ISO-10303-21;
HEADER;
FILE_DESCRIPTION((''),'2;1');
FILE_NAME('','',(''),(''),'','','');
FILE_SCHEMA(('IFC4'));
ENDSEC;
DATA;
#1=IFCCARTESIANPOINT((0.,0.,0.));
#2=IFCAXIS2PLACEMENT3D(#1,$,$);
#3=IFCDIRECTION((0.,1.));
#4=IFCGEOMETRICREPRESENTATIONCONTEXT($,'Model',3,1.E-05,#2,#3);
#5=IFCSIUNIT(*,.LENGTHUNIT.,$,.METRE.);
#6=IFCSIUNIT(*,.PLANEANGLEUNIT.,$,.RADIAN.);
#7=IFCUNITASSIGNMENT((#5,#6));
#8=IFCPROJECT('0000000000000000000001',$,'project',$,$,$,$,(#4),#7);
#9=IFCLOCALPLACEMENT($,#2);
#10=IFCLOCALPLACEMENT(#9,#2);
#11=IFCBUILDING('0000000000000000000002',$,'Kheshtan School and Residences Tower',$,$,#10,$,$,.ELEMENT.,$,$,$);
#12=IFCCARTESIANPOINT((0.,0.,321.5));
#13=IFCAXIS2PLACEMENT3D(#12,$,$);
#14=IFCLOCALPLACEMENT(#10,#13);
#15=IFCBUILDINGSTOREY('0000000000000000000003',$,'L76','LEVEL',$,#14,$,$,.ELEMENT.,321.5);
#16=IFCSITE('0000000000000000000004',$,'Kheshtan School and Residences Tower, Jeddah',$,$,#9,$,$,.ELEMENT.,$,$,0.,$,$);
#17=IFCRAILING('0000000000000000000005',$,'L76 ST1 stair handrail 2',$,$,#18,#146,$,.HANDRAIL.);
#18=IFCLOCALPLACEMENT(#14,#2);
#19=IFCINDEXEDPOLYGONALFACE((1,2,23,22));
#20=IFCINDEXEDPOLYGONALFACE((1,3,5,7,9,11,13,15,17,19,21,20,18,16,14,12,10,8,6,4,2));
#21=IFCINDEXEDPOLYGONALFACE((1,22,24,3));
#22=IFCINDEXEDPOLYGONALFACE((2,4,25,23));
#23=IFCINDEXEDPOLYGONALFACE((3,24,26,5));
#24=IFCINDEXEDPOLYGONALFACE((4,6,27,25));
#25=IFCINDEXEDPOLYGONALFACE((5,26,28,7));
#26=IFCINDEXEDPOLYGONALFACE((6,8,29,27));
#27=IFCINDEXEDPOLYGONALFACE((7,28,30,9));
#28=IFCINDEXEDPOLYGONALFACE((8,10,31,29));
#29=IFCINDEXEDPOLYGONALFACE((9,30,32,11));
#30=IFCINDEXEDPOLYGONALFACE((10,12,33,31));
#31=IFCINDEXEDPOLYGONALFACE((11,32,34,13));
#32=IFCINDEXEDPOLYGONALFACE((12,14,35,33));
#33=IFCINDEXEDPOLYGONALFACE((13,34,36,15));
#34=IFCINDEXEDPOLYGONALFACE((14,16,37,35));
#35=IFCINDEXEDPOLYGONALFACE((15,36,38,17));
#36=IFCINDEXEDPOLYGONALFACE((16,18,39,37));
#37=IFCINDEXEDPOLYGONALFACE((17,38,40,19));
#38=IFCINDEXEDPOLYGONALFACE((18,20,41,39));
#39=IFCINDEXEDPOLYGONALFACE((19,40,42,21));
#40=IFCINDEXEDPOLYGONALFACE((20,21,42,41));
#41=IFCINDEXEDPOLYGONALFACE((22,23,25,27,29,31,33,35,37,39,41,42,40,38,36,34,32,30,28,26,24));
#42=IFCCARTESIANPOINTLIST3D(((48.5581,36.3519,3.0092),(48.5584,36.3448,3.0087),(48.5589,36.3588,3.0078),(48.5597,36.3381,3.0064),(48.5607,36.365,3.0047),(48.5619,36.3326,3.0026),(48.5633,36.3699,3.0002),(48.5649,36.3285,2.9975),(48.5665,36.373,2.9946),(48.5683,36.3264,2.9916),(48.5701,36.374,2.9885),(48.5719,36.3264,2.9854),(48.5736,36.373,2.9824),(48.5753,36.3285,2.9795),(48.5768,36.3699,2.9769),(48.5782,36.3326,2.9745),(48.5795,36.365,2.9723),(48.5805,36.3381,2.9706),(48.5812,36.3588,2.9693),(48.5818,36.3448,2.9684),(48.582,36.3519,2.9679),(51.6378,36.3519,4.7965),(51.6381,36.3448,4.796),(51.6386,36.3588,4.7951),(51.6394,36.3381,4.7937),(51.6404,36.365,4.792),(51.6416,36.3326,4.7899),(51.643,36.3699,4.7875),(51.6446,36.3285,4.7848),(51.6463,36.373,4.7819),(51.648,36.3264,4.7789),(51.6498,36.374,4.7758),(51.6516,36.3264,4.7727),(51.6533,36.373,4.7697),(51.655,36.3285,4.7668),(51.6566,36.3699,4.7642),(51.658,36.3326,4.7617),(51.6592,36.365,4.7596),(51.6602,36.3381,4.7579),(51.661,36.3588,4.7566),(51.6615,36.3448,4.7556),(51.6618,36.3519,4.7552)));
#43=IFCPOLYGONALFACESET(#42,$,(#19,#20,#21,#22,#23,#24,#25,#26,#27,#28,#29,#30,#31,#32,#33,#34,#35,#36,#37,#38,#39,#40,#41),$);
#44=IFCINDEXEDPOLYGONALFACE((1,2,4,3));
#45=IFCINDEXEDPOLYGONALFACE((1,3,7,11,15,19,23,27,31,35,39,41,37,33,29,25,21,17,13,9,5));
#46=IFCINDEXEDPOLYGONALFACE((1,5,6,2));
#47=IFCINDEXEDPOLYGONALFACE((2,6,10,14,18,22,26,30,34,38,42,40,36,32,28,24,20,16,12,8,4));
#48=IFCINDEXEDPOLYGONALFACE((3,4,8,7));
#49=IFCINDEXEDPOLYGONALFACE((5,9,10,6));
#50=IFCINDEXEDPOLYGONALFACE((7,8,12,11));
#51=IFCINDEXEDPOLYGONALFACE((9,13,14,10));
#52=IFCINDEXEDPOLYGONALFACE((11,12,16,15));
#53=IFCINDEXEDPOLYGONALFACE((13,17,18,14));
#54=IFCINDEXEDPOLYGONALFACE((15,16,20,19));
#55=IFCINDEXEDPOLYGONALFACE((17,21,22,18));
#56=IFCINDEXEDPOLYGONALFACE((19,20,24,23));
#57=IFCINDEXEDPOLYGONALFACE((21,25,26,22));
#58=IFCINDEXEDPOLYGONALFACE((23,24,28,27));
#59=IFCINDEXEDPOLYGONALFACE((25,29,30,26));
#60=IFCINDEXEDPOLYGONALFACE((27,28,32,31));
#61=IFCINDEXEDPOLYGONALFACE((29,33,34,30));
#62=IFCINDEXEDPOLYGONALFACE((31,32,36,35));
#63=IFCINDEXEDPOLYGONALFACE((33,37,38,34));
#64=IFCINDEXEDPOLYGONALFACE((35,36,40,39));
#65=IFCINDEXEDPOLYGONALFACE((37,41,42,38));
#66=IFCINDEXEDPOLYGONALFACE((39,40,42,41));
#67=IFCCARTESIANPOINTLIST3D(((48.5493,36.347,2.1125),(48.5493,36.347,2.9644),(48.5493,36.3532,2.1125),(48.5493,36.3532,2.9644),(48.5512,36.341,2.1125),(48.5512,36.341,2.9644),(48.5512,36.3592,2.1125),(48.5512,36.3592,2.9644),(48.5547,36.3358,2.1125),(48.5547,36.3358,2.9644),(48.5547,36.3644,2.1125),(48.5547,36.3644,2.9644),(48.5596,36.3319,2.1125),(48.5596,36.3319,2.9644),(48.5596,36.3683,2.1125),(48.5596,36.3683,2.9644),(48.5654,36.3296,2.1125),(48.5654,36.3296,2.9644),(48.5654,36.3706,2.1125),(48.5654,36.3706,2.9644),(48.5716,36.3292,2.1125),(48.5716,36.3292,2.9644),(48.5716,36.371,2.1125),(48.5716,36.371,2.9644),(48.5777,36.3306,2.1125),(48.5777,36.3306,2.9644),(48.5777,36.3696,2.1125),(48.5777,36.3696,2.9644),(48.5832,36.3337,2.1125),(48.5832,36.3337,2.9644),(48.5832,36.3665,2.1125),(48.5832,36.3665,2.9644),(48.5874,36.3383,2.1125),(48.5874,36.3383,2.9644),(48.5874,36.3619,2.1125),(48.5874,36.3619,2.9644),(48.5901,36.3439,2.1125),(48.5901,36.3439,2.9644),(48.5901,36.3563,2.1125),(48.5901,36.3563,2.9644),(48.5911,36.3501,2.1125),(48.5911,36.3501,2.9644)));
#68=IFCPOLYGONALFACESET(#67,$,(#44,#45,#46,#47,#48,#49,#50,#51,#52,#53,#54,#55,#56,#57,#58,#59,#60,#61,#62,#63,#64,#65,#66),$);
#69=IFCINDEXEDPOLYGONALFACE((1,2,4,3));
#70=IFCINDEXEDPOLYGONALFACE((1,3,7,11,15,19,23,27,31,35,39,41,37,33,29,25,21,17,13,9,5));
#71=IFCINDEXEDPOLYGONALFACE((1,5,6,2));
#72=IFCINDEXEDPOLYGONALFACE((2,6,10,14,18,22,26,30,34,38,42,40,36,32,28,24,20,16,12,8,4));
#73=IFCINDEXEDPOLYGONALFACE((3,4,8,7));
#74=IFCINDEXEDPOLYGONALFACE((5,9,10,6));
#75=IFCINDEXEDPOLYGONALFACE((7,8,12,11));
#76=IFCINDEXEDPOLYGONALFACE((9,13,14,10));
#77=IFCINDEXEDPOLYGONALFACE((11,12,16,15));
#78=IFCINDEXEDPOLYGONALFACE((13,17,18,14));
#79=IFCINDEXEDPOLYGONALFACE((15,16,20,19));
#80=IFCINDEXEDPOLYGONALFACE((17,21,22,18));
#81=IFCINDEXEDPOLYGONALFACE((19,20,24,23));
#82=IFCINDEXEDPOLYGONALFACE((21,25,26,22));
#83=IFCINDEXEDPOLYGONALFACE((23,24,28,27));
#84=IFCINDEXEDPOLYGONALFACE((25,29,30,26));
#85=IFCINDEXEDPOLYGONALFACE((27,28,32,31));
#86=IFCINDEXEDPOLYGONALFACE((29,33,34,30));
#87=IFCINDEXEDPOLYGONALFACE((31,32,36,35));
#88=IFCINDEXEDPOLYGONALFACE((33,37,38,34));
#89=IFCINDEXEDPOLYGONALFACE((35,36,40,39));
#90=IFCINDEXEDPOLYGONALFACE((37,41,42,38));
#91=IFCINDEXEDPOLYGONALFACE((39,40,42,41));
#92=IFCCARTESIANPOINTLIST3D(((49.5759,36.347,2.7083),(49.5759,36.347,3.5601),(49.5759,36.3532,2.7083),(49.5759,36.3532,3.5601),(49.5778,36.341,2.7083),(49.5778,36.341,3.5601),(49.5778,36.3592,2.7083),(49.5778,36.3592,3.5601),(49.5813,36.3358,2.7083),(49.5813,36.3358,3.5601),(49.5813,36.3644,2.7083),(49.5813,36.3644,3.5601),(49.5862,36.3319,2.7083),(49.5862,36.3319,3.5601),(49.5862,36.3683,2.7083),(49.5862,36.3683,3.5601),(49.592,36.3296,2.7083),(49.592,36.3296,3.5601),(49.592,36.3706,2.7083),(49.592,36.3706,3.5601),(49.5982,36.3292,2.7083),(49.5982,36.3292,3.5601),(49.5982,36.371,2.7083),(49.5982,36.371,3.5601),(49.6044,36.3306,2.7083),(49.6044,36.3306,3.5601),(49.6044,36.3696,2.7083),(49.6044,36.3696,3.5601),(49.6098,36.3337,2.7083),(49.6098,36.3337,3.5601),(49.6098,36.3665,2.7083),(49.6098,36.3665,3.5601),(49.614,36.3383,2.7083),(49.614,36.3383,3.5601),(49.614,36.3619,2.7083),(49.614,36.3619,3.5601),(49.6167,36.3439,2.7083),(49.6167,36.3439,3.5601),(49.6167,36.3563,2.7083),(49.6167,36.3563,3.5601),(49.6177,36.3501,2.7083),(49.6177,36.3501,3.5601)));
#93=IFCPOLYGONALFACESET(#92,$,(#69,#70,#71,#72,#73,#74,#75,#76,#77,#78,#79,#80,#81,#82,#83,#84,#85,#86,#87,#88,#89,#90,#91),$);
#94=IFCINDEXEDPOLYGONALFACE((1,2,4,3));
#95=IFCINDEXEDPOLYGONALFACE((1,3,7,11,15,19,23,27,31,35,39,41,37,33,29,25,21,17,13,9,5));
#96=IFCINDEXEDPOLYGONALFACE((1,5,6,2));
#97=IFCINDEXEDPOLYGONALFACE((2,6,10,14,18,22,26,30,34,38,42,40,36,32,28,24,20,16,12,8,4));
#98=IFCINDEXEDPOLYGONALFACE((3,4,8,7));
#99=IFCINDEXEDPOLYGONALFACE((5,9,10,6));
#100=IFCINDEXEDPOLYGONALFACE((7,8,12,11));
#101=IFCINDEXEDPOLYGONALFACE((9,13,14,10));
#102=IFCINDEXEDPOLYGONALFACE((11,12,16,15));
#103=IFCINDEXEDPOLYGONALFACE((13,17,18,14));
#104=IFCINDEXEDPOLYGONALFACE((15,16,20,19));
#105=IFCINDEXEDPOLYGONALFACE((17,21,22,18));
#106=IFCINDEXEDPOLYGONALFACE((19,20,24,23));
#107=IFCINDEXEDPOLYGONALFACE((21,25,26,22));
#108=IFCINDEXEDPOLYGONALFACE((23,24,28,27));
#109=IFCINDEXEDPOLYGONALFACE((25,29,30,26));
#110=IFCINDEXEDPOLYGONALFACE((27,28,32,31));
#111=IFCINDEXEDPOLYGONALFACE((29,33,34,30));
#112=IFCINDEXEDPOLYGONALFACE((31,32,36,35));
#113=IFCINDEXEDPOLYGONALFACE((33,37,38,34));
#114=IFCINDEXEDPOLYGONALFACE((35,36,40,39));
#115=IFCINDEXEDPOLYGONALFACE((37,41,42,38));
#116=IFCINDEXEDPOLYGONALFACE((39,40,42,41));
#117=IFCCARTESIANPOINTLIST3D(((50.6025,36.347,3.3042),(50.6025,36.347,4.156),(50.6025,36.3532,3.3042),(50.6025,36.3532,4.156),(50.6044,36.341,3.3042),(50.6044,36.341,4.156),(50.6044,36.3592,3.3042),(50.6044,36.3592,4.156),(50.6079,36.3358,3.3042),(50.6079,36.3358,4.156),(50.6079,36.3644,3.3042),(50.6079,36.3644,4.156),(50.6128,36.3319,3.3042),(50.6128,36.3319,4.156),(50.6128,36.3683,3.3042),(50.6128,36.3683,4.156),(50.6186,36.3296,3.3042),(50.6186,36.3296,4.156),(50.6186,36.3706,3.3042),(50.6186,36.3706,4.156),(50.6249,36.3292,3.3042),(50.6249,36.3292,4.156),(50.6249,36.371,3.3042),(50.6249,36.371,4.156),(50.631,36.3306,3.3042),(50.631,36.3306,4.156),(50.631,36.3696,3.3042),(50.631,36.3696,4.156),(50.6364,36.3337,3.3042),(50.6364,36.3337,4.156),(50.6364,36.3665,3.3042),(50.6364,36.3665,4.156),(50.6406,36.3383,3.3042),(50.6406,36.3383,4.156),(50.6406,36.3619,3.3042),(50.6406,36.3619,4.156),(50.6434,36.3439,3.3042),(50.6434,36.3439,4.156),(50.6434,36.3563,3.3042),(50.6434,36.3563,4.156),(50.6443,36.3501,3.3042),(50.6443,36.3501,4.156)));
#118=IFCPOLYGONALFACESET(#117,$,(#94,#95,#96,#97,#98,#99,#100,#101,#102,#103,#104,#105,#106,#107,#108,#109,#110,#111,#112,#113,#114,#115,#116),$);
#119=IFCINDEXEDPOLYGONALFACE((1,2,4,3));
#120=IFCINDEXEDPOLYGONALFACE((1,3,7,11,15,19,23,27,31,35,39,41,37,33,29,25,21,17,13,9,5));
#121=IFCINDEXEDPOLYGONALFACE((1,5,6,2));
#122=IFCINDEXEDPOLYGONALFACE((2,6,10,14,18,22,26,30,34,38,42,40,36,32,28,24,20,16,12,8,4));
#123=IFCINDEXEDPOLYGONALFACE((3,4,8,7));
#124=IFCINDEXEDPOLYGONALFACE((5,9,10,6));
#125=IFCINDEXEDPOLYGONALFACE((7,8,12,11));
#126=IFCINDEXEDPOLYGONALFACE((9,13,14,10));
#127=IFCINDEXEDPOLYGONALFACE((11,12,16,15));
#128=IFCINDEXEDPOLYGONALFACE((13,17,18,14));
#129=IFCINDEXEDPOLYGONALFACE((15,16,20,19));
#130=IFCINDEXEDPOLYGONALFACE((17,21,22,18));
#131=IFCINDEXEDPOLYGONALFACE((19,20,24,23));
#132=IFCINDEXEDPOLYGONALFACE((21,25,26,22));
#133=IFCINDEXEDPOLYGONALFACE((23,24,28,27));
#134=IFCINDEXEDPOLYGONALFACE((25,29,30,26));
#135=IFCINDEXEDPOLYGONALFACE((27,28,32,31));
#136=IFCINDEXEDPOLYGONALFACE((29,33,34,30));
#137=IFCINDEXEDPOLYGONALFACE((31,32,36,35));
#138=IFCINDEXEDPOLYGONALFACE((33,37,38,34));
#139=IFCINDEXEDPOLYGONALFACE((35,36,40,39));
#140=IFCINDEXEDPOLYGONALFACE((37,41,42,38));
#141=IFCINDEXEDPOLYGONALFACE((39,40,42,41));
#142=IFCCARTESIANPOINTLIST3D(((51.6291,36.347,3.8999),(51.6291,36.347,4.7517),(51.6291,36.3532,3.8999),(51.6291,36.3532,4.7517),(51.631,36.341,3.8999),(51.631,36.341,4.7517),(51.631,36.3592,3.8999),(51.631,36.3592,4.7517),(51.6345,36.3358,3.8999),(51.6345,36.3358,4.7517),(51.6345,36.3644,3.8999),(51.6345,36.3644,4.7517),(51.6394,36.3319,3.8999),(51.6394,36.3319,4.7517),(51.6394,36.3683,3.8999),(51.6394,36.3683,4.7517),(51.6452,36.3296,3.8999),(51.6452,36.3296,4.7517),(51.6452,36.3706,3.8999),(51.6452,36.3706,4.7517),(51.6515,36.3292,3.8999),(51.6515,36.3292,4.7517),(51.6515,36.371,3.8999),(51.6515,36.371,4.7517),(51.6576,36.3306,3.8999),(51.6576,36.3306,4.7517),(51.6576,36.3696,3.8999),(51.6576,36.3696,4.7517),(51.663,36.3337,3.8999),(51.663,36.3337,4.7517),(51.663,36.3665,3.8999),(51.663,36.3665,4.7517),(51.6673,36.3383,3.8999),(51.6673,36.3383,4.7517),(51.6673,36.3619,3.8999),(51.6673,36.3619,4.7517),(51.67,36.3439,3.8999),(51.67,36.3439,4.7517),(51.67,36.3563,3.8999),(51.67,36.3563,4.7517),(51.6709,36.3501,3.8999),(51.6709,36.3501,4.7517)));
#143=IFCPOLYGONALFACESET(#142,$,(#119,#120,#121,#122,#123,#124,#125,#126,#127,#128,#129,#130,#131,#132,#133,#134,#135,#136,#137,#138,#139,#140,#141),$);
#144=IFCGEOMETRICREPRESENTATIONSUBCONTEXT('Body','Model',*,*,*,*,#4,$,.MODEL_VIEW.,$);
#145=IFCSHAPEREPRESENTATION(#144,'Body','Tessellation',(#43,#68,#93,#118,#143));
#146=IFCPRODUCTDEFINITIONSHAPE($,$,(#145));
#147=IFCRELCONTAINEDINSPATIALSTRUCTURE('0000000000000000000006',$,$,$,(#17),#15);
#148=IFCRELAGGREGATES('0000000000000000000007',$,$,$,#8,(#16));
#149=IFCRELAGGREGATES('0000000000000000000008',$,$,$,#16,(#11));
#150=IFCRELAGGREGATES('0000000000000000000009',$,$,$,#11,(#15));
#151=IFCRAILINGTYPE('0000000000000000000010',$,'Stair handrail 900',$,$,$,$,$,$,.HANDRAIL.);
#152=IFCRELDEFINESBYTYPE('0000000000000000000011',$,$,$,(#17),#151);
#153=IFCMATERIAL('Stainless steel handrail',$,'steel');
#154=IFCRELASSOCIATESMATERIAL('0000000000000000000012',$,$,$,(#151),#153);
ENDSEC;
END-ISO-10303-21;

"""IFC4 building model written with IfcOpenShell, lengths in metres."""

from ifc_helpers import new_model, si_unit, direction, frame, origin, origin_2d, place, context, subcontext, project, spatial, circle, extrude, material, type_object, element, save


model = new_model("IFC4")

# Units and contexts
model_context = context("Model", 3, precision=1e-05, world=origin(), true_north=direction((0.0, 1.0)))
body_context = subcontext(model_context, "Body", "Model", "MODEL_VIEW")
ifc_project = project(units=[si_unit("LENGTHUNIT", "METRE"), si_unit("PLANEANGLEUNIT", "RADIAN")], contexts=[model_context])

# Site, building, storey
site_placement = place(None, origin())
site = spatial("IfcSite", under=ifc_project, at=site_placement, Name="Kheshtan School and Residences Tower, Jeddah", CompositionType="ELEMENT", RefElevation=0.0)
building_placement = place(site_placement, origin())
building = spatial("IfcBuilding", under=site, at=building_placement, Name="Kheshtan School and Residences Tower", CompositionType="ELEMENT")
storey_placement = place(building_placement, frame((0.0, 0.0, 321.5)))
storey = spatial("IfcBuildingStorey", under=building, at=storey_placement, Name="L76", Description="LEVEL", CompositionType="ELEMENT", Elevation=321.5)

# Railing
ifc_material_1 = material(Name="Stainless steel handrail", Category="steel")
railing_type_1 = type_object("IfcRailingType", Name="Stair handrail 900", PredefinedType="HANDRAIL", material=ifc_material_1)
railing_1_placement = place(storey_placement, frame((48.5701, 36.3501, 2.1125)))
element("IfcRailing", 1, at=railing_1_placement, inside=storey, type_object=railing_type_1, Name="L76 ST1 stair handrail 2", PredefinedType="HANDRAIL", context=body_context, shape_type="SweptSolid", body=[
    extrude(circle(Radius=0.0239, at=origin_2d()), frame((0.0, 0.0, 0.876), z_axis=(0.864903, 0.0, 0.501939), x_axis=(0.0, 1.0, 0.0)), (0.0, 0.0, 1.0), 3.5608),
    extrude(circle(Radius=0.021, at=origin_2d()), origin(), (0.0, 0.0, 1.0), 0.8518),
    extrude(circle(Radius=0.021, at=origin_2d()), frame((1.0266, 0.0, 0.5957)), (0.0, 0.0, 1.0), 0.8518),
    extrude(circle(Radius=0.021, at=origin_2d()), frame((2.0532, 0.0, 1.1917)), (0.0, 0.0, 1.0), 0.8518),
    extrude(circle(Radius=0.021, at=origin_2d()), frame((3.0798, 0.0, 1.7874)), (0.0, 0.0, 1.0), 0.8518),
])

save(model, "model.ifc")
